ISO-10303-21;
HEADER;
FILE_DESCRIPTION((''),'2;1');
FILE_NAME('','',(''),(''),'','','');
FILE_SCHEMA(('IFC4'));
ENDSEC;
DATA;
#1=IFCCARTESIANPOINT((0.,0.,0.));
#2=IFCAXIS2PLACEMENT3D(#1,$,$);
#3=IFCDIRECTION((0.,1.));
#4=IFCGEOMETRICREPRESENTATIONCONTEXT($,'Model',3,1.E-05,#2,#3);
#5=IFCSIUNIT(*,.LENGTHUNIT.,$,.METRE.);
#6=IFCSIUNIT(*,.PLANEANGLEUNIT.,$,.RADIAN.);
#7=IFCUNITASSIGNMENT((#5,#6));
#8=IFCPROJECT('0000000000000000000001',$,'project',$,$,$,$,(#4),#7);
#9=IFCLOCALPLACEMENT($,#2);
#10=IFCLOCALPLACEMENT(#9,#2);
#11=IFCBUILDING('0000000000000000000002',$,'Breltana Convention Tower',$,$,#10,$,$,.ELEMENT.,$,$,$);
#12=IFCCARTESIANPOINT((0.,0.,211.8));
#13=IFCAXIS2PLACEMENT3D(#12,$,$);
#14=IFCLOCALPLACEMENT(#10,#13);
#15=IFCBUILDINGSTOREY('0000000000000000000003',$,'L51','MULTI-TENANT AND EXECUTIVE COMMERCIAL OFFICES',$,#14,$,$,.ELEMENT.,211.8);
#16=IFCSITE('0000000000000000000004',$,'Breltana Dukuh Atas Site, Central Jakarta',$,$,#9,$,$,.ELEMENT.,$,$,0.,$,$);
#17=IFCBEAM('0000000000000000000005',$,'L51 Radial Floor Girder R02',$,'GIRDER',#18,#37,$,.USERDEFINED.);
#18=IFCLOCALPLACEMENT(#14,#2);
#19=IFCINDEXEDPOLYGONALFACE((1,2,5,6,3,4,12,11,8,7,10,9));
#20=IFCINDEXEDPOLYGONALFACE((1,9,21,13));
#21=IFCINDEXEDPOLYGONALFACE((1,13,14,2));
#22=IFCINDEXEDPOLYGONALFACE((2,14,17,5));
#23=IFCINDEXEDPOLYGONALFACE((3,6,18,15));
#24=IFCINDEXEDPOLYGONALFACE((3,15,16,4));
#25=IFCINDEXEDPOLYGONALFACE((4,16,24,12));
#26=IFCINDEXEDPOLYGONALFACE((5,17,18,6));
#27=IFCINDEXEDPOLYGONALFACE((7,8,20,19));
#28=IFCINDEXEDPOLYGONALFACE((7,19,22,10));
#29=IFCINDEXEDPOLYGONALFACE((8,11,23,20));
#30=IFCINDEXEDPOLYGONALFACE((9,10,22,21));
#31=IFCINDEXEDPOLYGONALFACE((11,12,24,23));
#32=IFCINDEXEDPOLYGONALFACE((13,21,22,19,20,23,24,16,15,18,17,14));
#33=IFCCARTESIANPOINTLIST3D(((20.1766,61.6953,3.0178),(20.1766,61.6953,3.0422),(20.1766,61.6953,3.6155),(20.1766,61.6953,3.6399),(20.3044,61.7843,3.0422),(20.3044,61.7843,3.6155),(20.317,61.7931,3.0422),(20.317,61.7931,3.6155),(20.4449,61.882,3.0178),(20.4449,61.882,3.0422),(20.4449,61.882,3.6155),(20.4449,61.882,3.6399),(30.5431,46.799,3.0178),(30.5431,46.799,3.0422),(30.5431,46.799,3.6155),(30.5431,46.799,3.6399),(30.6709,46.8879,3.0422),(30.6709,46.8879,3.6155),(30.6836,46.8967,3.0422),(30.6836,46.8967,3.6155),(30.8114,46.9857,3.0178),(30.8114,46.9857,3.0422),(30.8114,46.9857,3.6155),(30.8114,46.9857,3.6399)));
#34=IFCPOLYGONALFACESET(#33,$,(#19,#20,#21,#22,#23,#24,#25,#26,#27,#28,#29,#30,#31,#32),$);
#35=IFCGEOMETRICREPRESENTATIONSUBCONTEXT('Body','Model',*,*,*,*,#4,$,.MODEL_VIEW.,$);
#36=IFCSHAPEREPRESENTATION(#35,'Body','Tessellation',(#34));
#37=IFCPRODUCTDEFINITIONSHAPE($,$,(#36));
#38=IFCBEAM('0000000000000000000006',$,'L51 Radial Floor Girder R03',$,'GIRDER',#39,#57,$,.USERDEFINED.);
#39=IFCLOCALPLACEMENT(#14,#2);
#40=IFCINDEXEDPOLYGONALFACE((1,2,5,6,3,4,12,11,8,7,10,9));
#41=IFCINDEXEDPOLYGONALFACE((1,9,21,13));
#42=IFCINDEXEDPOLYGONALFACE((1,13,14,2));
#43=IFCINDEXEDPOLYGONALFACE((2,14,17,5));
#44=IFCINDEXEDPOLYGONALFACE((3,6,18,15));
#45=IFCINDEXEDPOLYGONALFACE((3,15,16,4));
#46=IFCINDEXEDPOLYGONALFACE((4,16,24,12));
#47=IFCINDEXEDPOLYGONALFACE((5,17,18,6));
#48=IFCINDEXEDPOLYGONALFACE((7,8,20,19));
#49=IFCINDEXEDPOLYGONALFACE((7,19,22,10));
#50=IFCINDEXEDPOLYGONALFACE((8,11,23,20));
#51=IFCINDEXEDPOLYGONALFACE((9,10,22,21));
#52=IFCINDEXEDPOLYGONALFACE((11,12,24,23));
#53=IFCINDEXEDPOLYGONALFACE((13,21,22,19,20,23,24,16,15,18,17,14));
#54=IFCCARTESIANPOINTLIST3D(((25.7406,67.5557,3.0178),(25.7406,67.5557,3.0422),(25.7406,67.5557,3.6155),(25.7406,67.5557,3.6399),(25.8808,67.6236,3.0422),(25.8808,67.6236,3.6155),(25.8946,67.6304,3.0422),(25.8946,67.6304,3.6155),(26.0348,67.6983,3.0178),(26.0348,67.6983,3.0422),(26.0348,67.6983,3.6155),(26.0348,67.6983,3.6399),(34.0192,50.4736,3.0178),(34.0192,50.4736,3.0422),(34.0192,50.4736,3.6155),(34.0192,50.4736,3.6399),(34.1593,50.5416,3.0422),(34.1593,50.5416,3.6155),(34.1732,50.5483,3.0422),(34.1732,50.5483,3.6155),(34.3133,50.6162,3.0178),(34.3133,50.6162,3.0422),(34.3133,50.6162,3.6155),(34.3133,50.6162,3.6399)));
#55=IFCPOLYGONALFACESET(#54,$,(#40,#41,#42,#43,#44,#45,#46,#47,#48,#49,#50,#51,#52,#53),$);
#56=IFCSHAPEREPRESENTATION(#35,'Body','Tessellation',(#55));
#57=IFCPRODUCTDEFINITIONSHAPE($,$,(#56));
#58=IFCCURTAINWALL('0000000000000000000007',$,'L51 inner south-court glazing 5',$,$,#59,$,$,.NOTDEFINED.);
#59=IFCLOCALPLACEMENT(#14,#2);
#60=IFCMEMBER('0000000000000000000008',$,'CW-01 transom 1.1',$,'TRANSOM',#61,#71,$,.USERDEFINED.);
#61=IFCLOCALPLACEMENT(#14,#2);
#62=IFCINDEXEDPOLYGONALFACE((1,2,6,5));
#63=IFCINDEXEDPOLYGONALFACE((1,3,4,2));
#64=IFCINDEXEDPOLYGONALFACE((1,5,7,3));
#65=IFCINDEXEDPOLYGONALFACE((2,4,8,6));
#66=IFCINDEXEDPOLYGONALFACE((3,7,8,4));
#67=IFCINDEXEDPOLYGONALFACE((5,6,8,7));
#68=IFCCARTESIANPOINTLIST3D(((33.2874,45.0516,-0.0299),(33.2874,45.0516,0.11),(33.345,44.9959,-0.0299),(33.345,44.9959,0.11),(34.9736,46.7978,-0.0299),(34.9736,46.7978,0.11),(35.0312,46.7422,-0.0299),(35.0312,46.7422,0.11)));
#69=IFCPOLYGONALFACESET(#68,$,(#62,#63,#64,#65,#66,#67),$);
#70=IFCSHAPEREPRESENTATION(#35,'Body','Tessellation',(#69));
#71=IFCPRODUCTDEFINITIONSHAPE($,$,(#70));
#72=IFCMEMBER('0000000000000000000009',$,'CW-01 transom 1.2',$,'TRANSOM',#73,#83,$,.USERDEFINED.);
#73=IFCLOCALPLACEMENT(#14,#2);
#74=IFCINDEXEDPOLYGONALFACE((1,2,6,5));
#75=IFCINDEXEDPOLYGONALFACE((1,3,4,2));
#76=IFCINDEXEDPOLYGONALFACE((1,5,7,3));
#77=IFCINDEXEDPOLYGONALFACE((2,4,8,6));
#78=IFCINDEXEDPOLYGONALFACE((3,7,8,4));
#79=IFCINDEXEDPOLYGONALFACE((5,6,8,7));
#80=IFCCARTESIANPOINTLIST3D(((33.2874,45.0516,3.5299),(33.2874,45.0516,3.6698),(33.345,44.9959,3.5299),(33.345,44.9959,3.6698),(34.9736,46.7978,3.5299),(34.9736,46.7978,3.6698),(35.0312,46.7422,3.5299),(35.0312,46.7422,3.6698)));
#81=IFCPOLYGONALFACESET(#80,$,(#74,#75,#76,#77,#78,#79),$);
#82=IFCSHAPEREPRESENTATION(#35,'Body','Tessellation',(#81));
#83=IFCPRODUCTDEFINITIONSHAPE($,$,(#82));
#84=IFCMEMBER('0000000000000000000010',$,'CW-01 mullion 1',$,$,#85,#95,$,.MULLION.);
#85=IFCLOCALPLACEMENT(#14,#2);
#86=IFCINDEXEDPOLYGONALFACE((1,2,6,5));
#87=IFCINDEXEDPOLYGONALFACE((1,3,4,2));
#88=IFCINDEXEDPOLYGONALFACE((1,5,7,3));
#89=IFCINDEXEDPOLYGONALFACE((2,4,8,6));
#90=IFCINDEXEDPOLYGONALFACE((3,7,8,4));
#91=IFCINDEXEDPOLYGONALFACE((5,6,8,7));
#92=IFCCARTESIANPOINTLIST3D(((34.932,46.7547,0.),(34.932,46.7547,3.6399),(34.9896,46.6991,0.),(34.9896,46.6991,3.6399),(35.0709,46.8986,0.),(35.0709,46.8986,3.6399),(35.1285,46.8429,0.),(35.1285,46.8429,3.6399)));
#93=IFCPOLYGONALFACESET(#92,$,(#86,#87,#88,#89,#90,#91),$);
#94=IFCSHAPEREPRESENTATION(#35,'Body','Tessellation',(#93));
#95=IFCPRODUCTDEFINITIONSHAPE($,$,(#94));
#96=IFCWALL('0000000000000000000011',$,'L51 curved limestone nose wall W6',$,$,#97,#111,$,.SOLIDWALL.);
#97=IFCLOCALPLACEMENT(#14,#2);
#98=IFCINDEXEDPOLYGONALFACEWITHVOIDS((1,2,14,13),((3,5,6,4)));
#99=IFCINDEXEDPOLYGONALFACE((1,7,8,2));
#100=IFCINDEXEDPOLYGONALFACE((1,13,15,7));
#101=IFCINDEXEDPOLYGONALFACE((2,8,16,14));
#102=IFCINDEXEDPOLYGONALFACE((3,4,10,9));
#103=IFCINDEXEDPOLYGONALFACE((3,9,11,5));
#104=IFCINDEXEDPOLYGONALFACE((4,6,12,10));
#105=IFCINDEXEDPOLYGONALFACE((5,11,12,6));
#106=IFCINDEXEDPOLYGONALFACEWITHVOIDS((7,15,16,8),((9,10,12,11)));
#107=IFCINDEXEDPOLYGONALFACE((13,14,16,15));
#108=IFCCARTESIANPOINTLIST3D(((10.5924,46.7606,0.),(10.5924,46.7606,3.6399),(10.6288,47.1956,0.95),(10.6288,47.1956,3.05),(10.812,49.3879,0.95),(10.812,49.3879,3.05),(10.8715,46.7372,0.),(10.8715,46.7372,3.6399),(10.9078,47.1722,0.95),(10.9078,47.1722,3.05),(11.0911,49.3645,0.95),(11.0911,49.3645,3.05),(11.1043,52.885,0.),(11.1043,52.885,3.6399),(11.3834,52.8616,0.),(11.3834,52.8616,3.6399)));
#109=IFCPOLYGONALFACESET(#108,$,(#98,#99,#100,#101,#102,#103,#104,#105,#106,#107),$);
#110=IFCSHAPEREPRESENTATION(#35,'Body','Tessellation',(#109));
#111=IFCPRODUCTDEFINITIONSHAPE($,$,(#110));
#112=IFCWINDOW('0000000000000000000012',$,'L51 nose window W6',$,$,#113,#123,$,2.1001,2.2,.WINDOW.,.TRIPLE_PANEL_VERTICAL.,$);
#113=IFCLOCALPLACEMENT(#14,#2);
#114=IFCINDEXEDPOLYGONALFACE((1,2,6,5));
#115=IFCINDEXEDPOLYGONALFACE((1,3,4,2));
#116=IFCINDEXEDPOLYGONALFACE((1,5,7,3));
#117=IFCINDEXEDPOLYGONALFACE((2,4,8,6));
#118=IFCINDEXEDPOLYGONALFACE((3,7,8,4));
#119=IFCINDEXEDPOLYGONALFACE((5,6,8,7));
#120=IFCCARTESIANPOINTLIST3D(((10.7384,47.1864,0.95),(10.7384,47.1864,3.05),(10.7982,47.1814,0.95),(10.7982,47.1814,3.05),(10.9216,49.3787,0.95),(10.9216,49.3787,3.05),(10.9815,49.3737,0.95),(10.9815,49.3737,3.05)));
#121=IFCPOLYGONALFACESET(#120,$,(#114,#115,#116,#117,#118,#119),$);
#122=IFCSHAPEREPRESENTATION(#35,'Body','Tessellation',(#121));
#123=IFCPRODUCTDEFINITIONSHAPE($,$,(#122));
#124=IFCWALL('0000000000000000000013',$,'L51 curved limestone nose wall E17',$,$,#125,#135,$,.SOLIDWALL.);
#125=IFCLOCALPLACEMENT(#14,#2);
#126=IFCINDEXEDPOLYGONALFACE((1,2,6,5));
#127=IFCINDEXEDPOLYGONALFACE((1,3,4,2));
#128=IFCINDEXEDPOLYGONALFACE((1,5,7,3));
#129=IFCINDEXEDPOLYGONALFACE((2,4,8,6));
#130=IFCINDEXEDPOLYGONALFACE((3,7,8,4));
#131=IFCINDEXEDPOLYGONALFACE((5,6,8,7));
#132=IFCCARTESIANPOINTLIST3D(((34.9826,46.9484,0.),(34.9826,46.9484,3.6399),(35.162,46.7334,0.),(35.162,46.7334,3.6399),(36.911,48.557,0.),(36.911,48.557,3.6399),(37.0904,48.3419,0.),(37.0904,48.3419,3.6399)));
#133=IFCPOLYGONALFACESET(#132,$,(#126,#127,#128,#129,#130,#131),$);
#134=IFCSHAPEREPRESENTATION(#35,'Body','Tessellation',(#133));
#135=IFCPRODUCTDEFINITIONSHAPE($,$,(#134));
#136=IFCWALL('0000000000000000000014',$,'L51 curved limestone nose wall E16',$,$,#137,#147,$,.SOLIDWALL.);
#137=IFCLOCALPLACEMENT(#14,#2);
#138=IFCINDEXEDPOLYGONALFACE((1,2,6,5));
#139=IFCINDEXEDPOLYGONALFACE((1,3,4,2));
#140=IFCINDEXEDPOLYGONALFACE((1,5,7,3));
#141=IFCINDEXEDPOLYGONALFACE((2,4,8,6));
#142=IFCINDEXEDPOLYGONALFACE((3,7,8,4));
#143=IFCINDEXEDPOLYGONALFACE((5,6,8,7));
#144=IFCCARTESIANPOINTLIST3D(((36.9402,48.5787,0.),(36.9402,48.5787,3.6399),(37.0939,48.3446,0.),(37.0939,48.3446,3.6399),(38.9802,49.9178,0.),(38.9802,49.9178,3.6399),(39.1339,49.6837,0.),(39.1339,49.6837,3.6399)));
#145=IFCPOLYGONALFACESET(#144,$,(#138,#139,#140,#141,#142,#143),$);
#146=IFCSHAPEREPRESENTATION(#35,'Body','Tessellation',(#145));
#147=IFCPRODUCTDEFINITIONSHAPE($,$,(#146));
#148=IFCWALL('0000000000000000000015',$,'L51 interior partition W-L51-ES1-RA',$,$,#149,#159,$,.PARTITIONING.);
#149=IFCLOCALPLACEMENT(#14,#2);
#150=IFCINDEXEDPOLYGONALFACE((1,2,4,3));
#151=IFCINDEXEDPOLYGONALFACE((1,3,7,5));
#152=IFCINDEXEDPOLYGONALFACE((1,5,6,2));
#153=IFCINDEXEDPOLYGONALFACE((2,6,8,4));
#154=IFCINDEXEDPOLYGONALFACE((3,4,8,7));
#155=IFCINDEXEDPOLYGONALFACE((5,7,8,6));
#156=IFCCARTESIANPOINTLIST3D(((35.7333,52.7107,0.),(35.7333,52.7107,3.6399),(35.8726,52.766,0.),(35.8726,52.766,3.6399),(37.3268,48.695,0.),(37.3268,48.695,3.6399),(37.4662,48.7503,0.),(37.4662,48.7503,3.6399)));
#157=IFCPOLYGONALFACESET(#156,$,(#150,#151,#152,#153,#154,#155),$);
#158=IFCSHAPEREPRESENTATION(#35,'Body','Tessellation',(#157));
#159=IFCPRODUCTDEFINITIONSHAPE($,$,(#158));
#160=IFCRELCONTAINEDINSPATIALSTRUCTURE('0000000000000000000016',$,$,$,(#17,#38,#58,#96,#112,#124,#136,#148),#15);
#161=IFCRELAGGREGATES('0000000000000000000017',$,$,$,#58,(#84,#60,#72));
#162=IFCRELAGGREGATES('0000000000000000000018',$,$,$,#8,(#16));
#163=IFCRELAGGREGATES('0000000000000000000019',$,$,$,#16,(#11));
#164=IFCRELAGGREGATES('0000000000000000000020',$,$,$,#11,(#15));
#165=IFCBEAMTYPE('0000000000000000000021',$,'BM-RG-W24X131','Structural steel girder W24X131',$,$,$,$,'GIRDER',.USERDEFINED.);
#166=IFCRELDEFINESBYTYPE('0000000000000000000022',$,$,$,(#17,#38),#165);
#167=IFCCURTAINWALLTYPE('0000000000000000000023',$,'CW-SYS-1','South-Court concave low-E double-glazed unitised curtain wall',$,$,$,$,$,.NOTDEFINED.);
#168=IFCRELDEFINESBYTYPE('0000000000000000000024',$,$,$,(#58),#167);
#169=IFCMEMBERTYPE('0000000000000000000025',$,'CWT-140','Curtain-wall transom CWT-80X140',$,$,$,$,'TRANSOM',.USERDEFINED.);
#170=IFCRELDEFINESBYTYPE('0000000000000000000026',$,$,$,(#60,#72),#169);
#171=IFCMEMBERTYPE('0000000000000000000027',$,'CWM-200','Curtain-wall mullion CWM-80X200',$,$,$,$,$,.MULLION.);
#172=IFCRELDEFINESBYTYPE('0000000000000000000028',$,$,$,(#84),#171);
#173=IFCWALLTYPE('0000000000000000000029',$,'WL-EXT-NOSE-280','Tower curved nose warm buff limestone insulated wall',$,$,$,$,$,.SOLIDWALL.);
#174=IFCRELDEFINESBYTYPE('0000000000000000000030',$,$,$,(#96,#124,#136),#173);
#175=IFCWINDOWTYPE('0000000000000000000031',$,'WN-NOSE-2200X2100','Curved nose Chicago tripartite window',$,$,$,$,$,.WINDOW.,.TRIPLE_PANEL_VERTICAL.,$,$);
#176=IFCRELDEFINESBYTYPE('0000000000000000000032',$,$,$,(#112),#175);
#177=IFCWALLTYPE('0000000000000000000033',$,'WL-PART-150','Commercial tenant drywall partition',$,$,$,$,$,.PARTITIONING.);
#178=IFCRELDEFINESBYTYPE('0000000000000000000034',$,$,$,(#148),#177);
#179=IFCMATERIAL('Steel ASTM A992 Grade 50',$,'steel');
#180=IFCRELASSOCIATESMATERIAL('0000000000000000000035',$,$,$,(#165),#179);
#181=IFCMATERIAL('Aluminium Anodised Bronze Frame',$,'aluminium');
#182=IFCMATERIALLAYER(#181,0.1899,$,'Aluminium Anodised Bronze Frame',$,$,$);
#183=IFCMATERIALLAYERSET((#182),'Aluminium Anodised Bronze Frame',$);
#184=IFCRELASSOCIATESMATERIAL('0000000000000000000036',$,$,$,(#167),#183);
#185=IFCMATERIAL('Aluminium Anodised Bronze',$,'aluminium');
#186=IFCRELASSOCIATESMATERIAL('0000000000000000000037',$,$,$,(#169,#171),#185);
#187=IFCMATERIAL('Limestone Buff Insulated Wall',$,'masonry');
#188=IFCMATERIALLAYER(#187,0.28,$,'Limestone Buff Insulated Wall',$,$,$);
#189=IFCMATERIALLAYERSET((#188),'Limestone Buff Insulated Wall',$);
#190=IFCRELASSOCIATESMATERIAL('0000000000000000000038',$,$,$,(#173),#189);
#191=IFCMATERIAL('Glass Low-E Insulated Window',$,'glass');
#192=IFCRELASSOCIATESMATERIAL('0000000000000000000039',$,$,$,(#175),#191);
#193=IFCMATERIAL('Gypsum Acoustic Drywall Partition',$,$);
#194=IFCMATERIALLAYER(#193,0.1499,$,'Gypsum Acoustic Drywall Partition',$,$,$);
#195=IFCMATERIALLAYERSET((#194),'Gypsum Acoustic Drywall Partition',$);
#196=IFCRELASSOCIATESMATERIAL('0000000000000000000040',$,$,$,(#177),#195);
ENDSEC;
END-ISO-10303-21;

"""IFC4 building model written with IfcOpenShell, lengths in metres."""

from ifc_helpers import new_model, si_unit, direction, frame, frame_2d, origin, origin_2d, place, context, subcontext, project, spatial, rectangle, i_section, extrude, source, transform, mapped, material, layer, layer_set, material_profile, profile_set, type_object, type_shapes, element, fill, aggregate, save


model = new_model("IFC4")

# Units and contexts
model_context = context("Model", 3, precision=1e-05, world=origin(), true_north=direction((0.0, 1.0)))
body_context = subcontext(model_context, "Body", "Model", "MODEL_VIEW")
ifc_project = project(units=[si_unit("LENGTHUNIT", "METRE"), si_unit("PLANEANGLEUNIT", "RADIAN")], contexts=[model_context])

# Site, building, storey
site_placement = place(None, origin())
site = spatial("IfcSite", under=ifc_project, at=site_placement, Name="Breltana Dukuh Atas Site, Central Jakarta", CompositionType="ELEMENT", RefElevation=0.0)
building_placement = place(site_placement, origin())
building = spatial("IfcBuilding", under=site, at=building_placement, Name="Breltana Convention Tower", CompositionType="ELEMENT")
storey_placement = place(building_placement, frame((0.0, 0.0, 211.8)))
storey = spatial("IfcBuildingStorey", under=building, at=storey_placement, Name="L51", Description="MULTI-TENANT AND EXECUTIVE COMMERCIAL OFFICES", CompositionType="ELEMENT", Elevation=211.8)

# Shared definitions
ifc_material_1 = material(Name="Steel ASTM A992 Grade 50", Category="steel")

# Beams
ifc_material_profile_1 = material_profile(ifc_material_1, i_section(OverallWidth=0.3269, OverallDepth=0.6221, WebThickness=0.0154, FlangeThickness=0.0244, at=origin_2d()), Name="W24X131")
ifc_profile_set_1 = profile_set([ifc_material_profile_1], Name="Steel ASTM A992 Grade 50")
beam_type_1 = type_object("IfcBeamType", Name="BM-RG-W24X131", Description="Structural steel girder W24X131", ElementType="GIRDER", PredefinedType="USERDEFINED", material=ifc_profile_set_1)
shared_shape_1 = source(origin(), body_context, "Body", "SweptSolid", [
    extrude(i_section(OverallWidth=0.3269, OverallDepth=0.6221, WebThickness=0.0154, FlangeThickness=0.0244, at=origin_2d()), origin(), (0.0, 0.0, 1.0), 18.1484),
])
beam_1_placement = place(storey_placement, frame((30.6772, 46.8923, 3.3289), z_axis=(-0.571208, 0.820806, 0.0), x_axis=(-0.820806, -0.571208, 0.0)))
element("IfcBeam", 1, at=beam_1_placement, inside=storey, type_object=beam_type_1, Name="L51 Radial Floor Girder R02", ObjectType="GIRDER", PredefinedType="USERDEFINED", context=body_context, shape_type="MappedRepresentation", body=[
    mapped(shared_shape_1, transform((0.0, 0.0, 0.0), scale=1.0)),
])
shared_shape_2 = source(origin(), body_context, "Body", "SweptSolid", [
    extrude(i_section(OverallWidth=0.3269, OverallDepth=0.6221, WebThickness=0.0154, FlangeThickness=0.0244, at=origin_2d()), origin(), (0.0, 0.0, 1.0), 18.9824),
])
beam_2_placement = place(storey_placement, frame((34.1663, 50.5449, 3.3289), z_axis=(-0.436119, 0.899889, 0.0), x_axis=(-0.899889, -0.436119, 0.0)))
element("IfcBeam", 2, at=beam_2_placement, inside=storey, type_object=beam_type_1, Name="L51 Radial Floor Girder R03", ObjectType="GIRDER", PredefinedType="USERDEFINED", context=body_context, shape_type="MappedRepresentation", body=[
    mapped(shared_shape_2, transform((0.0, 0.0, 0.0), scale=1.0)),
])

# Curtain wall, members
ifc_material_2 = material(Name="Aluminium Anodised Bronze Frame", Category="aluminium")
ifc_layer_1 = layer(ifc_material_2, 0.1899, Name="Aluminium Anodised Bronze Frame")
ifc_layer_set_1 = layer_set([ifc_layer_1], Name="Aluminium Anodised Bronze Frame")
curtain_wall_type = type_object("IfcCurtainWallType", Name="CW-SYS-1", Description="South-Court concave low-E double-glazed unitised curtain wall", PredefinedType="NOTDEFINED", material=ifc_layer_set_1)
curtain_wall_placement = place(storey_placement, origin())
curtain_wall = element("IfcCurtainWall", 3, at=curtain_wall_placement, inside=storey, type_object=curtain_wall_type, Name="L51 inner south-court glazing 5", PredefinedType="NOTDEFINED")
ifc_material_3 = material(Name="Aluminium Anodised Bronze", Category="aluminium")
ifc_material_profile_2 = material_profile(ifc_material_3, rectangle(XDim=0.0801, YDim=0.1399, at=origin_2d()), Name="CWT-80X140")
ifc_profile_set_2 = profile_set([ifc_material_profile_2], Name="Aluminium Anodised Bronze")
member_type_1 = type_object("IfcMemberType", Name="CWT-140", Description="Curtain-wall transom CWT-80X140", ElementType="TRANSOM", PredefinedType="USERDEFINED", material=ifc_profile_set_2)
shared_shape_3 = source(origin(), body_context, "Body", "SweptSolid", [
    extrude(rectangle(XDim=0.0801, YDim=0.1399, at=origin_2d()), origin(), (0.0, 0.0, 1.0), 2.4275),
])
member_1_placement = place(storey_placement, frame((35.0024, 46.77, 0.04), z_axis=(-0.694629, -0.719369, 0.0), x_axis=(0.719369, -0.694629, 0.0)))
member_1 = element("IfcMember", 4, at=member_1_placement, type_object=member_type_1, Name="CW-01 transom 1.1", ObjectType="TRANSOM", PredefinedType="USERDEFINED", context=body_context, shape_type="MappedRepresentation", body=[
    mapped(shared_shape_3, transform((0.0, 0.0, 0.0), scale=1.0)),
])
member_2_placement = place(storey_placement, frame((35.0024, 46.77, 3.5999), z_axis=(-0.694629, -0.719369, 0.0), x_axis=(0.719369, -0.694629, 0.0)))
member_2 = element("IfcMember", 5, at=member_2_placement, type_object=member_type_1, Name="CW-01 transom 1.2", ObjectType="TRANSOM", PredefinedType="USERDEFINED", context=body_context, shape_type="MappedRepresentation", body=[
    mapped(shared_shape_3, transform((0.0, 0.0, 0.0), scale=1.0)),
])
ifc_material_profile_3 = material_profile(ifc_material_3, rectangle(XDim=0.0801, YDim=0.2, at=origin_2d()), Name="CWM-80X200")
ifc_profile_set_3 = profile_set([ifc_material_profile_3], Name="Aluminium Anodised Bronze")
member_type_2 = type_object("IfcMemberType", Name="CWM-200", Description="Curtain-wall mullion CWM-80X200", PredefinedType="MULLION", material=ifc_profile_set_3)
shared_shape_4 = source(origin(), body_context, "Body", "SweptSolid", [
    extrude(rectangle(XDim=0.0801, YDim=0.2, at=origin_2d()), origin(), (0.0, 0.0, 1.0), 3.6399),
])
member_3_placement = place(storey_placement, frame((35.0303, 46.7988, 0.0), z_axis=(0.0, 0.0, 1.0), x_axis=(0.719366, -0.694632, 0.0)))
member_3 = element("IfcMember", 6, at=member_3_placement, type_object=member_type_2, Name="CW-01 mullion 1", PredefinedType="MULLION", context=body_context, shape_type="MappedRepresentation", body=[
    mapped(shared_shape_4, transform((0.0, 0.0, 0.0), scale=1.0)),
])
aggregate(curtain_wall, [member_3, member_1, member_2])

# Wall, opening, window
ifc_material_4 = material(Name="Limestone Buff Insulated Wall", Category="masonry")
ifc_layer_2 = layer(ifc_material_4, 0.28, Name="Limestone Buff Insulated Wall")
ifc_layer_set_2 = layer_set([ifc_layer_2], Name="Limestone Buff Insulated Wall")
wall_type_1 = type_object("IfcWallType", Name="WL-EXT-NOSE-280", Description="Tower curved nose warm buff limestone insulated wall", PredefinedType="SOLIDWALL", material=ifc_layer_set_2)
shared_shape_5 = source(origin(), body_context, "Body", "SweptSolid", [
    extrude(rectangle(XDim=6.1458, YDim=0.28, at=frame_2d((3.0728, 0.0))), origin(), (0.0, 0.0, 1.0), 3.6399),
])
wall_1_placement = place(storey_placement, frame((10.7319, 46.749, 0.0), z_axis=(0.0, 0.0, 1.0), x_axis=(0.083302, 0.996524, 0.0)))
wall_1 = element("IfcWall", 7, at=wall_1_placement, inside=storey, type_object=wall_type_1, Name="L51 curved limestone nose wall W6", PredefinedType="SOLIDWALL", context=body_context, shape_type="MappedRepresentation", body=[
    mapped(shared_shape_5, transform((0.0, 0.0, 0.0), scale=1.0)),
])
opening_placement = place(wall_1_placement, frame((0.4363, 0.0, 0.95)))
opening = element("IfcOpeningElement", 8, at=opening_placement, cuts=wall_1, PredefinedType="OPENING", context=body_context, shape_type="SweptSolid", body=[
    extrude(rectangle(XDim=2.2, YDim=2.1001, at=frame_2d((1.1001, 1.05))), frame((0.0, 0.1499, 0.0), z_axis=(0.0, -1.0, 0.0), x_axis=(1.0, 0.0, 0.0)), (0.0, 0.0, 1.0), 0.3),
])
ifc_material_5 = material(Name="Glass Low-E Insulated Window", Category="glass")
window_type = type_object("IfcWindowType", Name="WN-NOSE-2200X2100", Description="Curved nose Chicago tripartite window", PartitioningType="TRIPLE_PANEL_VERTICAL", PredefinedType="WINDOW", material=ifc_material_5)
shared_shape_6 = source(origin(), body_context, "Body", "SweptSolid", [
    extrude(rectangle(XDim=2.2, YDim=2.1001, at=frame_2d((1.1001, 1.05))), frame((0.0, 0.03, 0.0), z_axis=(0.0, -1.0, 0.0), x_axis=(1.0, 0.0, 0.0)), (0.0, 0.0, 1.0), 0.0601),
])
type_shapes(window_type, [shared_shape_6])
window_placement = place(opening_placement, origin())
window = element("IfcWindow", 9, at=window_placement, inside=storey, type_object=window_type, Name="L51 nose window W6", OverallHeight=2.1001, OverallWidth=2.2, PartitioningType="TRIPLE_PANEL_VERTICAL", PredefinedType="WINDOW", context=body_context, shape_type="MappedRepresentation", body=[
    mapped(shared_shape_6, transform((0.0, 0.0, 0.0), scale=1.0)),
])
fill(opening, window)

# Walls
shared_shape_7 = source(origin(), body_context, "Body", "SweptSolid", [
    extrude(rectangle(XDim=2.5112, YDim=0.28, at=frame_2d((1.2556, 0.0))), origin(), (0.0, 0.0, 1.0), 3.6399),
])
wall_2_placement = place(storey_placement, frame((37.0007, 48.4495, 0.0), z_axis=(0.0, 0.0, 1.0), x_axis=(-0.76791, -0.640557, 0.0)))
element("IfcWall", 10, at=wall_2_placement, inside=storey, type_object=wall_type_1, Name="L51 curved limestone nose wall E17", PredefinedType="SOLIDWALL", context=body_context, shape_type="MappedRepresentation", body=[
    mapped(shared_shape_7, transform((0.0, 0.0, 0.0), scale=1.0)),
])
shared_shape_8 = source(origin(), body_context, "Body", "SweptSolid", [
    extrude(rectangle(XDim=2.4402, YDim=0.28, at=frame_2d((1.2202, 0.0))), origin(), (0.0, 0.0, 1.0), 3.6399),
])
wall_3_placement = place(storey_placement, frame((39.0571, 49.8008, 0.0), z_axis=(0.0, 0.0, 1.0), x_axis=(-0.835985, -0.548753, 0.0)))
element("IfcWall", 11, at=wall_3_placement, inside=storey, type_object=wall_type_1, Name="L51 curved limestone nose wall E16", PredefinedType="SOLIDWALL", context=body_context, shape_type="MappedRepresentation", body=[
    mapped(shared_shape_8, transform((0.0, 0.0, 0.0), scale=1.0)),
])
ifc_material_6 = material(Name="Gypsum Acoustic Drywall Partition")
ifc_layer_3 = layer(ifc_material_6, 0.1499, Name="Gypsum Acoustic Drywall Partition")
ifc_layer_set_3 = layer_set([ifc_layer_3], Name="Gypsum Acoustic Drywall Partition")
wall_type_2 = type_object("IfcWallType", Name="WL-PART-150", Description="Commercial tenant drywall partition", PredefinedType="PARTITIONING", material=ifc_layer_set_3)
shared_shape_9 = source(origin(), body_context, "Body", "SweptSolid", [
    extrude(rectangle(XDim=4.3203, YDim=0.1499, at=frame_2d((2.1602, 0.0))), origin(), (0.0, 0.0, 1.0), 3.6399),
])
wall_4_placement = place(storey_placement, frame((37.3965, 48.7227, 0.0), z_axis=(0.0, 0.0, 1.0), x_axis=(-0.368846, 0.92949, 0.0)))
element("IfcWall", 12, at=wall_4_placement, inside=storey, type_object=wall_type_2, Name="L51 interior partition W-L51-ES1-RA", PredefinedType="PARTITIONING", context=body_context, shape_type="MappedRepresentation", body=[
    mapped(shared_shape_9, transform((0.0, 0.0, 0.0), scale=1.0)),
])

save(model, "model.ifc")
